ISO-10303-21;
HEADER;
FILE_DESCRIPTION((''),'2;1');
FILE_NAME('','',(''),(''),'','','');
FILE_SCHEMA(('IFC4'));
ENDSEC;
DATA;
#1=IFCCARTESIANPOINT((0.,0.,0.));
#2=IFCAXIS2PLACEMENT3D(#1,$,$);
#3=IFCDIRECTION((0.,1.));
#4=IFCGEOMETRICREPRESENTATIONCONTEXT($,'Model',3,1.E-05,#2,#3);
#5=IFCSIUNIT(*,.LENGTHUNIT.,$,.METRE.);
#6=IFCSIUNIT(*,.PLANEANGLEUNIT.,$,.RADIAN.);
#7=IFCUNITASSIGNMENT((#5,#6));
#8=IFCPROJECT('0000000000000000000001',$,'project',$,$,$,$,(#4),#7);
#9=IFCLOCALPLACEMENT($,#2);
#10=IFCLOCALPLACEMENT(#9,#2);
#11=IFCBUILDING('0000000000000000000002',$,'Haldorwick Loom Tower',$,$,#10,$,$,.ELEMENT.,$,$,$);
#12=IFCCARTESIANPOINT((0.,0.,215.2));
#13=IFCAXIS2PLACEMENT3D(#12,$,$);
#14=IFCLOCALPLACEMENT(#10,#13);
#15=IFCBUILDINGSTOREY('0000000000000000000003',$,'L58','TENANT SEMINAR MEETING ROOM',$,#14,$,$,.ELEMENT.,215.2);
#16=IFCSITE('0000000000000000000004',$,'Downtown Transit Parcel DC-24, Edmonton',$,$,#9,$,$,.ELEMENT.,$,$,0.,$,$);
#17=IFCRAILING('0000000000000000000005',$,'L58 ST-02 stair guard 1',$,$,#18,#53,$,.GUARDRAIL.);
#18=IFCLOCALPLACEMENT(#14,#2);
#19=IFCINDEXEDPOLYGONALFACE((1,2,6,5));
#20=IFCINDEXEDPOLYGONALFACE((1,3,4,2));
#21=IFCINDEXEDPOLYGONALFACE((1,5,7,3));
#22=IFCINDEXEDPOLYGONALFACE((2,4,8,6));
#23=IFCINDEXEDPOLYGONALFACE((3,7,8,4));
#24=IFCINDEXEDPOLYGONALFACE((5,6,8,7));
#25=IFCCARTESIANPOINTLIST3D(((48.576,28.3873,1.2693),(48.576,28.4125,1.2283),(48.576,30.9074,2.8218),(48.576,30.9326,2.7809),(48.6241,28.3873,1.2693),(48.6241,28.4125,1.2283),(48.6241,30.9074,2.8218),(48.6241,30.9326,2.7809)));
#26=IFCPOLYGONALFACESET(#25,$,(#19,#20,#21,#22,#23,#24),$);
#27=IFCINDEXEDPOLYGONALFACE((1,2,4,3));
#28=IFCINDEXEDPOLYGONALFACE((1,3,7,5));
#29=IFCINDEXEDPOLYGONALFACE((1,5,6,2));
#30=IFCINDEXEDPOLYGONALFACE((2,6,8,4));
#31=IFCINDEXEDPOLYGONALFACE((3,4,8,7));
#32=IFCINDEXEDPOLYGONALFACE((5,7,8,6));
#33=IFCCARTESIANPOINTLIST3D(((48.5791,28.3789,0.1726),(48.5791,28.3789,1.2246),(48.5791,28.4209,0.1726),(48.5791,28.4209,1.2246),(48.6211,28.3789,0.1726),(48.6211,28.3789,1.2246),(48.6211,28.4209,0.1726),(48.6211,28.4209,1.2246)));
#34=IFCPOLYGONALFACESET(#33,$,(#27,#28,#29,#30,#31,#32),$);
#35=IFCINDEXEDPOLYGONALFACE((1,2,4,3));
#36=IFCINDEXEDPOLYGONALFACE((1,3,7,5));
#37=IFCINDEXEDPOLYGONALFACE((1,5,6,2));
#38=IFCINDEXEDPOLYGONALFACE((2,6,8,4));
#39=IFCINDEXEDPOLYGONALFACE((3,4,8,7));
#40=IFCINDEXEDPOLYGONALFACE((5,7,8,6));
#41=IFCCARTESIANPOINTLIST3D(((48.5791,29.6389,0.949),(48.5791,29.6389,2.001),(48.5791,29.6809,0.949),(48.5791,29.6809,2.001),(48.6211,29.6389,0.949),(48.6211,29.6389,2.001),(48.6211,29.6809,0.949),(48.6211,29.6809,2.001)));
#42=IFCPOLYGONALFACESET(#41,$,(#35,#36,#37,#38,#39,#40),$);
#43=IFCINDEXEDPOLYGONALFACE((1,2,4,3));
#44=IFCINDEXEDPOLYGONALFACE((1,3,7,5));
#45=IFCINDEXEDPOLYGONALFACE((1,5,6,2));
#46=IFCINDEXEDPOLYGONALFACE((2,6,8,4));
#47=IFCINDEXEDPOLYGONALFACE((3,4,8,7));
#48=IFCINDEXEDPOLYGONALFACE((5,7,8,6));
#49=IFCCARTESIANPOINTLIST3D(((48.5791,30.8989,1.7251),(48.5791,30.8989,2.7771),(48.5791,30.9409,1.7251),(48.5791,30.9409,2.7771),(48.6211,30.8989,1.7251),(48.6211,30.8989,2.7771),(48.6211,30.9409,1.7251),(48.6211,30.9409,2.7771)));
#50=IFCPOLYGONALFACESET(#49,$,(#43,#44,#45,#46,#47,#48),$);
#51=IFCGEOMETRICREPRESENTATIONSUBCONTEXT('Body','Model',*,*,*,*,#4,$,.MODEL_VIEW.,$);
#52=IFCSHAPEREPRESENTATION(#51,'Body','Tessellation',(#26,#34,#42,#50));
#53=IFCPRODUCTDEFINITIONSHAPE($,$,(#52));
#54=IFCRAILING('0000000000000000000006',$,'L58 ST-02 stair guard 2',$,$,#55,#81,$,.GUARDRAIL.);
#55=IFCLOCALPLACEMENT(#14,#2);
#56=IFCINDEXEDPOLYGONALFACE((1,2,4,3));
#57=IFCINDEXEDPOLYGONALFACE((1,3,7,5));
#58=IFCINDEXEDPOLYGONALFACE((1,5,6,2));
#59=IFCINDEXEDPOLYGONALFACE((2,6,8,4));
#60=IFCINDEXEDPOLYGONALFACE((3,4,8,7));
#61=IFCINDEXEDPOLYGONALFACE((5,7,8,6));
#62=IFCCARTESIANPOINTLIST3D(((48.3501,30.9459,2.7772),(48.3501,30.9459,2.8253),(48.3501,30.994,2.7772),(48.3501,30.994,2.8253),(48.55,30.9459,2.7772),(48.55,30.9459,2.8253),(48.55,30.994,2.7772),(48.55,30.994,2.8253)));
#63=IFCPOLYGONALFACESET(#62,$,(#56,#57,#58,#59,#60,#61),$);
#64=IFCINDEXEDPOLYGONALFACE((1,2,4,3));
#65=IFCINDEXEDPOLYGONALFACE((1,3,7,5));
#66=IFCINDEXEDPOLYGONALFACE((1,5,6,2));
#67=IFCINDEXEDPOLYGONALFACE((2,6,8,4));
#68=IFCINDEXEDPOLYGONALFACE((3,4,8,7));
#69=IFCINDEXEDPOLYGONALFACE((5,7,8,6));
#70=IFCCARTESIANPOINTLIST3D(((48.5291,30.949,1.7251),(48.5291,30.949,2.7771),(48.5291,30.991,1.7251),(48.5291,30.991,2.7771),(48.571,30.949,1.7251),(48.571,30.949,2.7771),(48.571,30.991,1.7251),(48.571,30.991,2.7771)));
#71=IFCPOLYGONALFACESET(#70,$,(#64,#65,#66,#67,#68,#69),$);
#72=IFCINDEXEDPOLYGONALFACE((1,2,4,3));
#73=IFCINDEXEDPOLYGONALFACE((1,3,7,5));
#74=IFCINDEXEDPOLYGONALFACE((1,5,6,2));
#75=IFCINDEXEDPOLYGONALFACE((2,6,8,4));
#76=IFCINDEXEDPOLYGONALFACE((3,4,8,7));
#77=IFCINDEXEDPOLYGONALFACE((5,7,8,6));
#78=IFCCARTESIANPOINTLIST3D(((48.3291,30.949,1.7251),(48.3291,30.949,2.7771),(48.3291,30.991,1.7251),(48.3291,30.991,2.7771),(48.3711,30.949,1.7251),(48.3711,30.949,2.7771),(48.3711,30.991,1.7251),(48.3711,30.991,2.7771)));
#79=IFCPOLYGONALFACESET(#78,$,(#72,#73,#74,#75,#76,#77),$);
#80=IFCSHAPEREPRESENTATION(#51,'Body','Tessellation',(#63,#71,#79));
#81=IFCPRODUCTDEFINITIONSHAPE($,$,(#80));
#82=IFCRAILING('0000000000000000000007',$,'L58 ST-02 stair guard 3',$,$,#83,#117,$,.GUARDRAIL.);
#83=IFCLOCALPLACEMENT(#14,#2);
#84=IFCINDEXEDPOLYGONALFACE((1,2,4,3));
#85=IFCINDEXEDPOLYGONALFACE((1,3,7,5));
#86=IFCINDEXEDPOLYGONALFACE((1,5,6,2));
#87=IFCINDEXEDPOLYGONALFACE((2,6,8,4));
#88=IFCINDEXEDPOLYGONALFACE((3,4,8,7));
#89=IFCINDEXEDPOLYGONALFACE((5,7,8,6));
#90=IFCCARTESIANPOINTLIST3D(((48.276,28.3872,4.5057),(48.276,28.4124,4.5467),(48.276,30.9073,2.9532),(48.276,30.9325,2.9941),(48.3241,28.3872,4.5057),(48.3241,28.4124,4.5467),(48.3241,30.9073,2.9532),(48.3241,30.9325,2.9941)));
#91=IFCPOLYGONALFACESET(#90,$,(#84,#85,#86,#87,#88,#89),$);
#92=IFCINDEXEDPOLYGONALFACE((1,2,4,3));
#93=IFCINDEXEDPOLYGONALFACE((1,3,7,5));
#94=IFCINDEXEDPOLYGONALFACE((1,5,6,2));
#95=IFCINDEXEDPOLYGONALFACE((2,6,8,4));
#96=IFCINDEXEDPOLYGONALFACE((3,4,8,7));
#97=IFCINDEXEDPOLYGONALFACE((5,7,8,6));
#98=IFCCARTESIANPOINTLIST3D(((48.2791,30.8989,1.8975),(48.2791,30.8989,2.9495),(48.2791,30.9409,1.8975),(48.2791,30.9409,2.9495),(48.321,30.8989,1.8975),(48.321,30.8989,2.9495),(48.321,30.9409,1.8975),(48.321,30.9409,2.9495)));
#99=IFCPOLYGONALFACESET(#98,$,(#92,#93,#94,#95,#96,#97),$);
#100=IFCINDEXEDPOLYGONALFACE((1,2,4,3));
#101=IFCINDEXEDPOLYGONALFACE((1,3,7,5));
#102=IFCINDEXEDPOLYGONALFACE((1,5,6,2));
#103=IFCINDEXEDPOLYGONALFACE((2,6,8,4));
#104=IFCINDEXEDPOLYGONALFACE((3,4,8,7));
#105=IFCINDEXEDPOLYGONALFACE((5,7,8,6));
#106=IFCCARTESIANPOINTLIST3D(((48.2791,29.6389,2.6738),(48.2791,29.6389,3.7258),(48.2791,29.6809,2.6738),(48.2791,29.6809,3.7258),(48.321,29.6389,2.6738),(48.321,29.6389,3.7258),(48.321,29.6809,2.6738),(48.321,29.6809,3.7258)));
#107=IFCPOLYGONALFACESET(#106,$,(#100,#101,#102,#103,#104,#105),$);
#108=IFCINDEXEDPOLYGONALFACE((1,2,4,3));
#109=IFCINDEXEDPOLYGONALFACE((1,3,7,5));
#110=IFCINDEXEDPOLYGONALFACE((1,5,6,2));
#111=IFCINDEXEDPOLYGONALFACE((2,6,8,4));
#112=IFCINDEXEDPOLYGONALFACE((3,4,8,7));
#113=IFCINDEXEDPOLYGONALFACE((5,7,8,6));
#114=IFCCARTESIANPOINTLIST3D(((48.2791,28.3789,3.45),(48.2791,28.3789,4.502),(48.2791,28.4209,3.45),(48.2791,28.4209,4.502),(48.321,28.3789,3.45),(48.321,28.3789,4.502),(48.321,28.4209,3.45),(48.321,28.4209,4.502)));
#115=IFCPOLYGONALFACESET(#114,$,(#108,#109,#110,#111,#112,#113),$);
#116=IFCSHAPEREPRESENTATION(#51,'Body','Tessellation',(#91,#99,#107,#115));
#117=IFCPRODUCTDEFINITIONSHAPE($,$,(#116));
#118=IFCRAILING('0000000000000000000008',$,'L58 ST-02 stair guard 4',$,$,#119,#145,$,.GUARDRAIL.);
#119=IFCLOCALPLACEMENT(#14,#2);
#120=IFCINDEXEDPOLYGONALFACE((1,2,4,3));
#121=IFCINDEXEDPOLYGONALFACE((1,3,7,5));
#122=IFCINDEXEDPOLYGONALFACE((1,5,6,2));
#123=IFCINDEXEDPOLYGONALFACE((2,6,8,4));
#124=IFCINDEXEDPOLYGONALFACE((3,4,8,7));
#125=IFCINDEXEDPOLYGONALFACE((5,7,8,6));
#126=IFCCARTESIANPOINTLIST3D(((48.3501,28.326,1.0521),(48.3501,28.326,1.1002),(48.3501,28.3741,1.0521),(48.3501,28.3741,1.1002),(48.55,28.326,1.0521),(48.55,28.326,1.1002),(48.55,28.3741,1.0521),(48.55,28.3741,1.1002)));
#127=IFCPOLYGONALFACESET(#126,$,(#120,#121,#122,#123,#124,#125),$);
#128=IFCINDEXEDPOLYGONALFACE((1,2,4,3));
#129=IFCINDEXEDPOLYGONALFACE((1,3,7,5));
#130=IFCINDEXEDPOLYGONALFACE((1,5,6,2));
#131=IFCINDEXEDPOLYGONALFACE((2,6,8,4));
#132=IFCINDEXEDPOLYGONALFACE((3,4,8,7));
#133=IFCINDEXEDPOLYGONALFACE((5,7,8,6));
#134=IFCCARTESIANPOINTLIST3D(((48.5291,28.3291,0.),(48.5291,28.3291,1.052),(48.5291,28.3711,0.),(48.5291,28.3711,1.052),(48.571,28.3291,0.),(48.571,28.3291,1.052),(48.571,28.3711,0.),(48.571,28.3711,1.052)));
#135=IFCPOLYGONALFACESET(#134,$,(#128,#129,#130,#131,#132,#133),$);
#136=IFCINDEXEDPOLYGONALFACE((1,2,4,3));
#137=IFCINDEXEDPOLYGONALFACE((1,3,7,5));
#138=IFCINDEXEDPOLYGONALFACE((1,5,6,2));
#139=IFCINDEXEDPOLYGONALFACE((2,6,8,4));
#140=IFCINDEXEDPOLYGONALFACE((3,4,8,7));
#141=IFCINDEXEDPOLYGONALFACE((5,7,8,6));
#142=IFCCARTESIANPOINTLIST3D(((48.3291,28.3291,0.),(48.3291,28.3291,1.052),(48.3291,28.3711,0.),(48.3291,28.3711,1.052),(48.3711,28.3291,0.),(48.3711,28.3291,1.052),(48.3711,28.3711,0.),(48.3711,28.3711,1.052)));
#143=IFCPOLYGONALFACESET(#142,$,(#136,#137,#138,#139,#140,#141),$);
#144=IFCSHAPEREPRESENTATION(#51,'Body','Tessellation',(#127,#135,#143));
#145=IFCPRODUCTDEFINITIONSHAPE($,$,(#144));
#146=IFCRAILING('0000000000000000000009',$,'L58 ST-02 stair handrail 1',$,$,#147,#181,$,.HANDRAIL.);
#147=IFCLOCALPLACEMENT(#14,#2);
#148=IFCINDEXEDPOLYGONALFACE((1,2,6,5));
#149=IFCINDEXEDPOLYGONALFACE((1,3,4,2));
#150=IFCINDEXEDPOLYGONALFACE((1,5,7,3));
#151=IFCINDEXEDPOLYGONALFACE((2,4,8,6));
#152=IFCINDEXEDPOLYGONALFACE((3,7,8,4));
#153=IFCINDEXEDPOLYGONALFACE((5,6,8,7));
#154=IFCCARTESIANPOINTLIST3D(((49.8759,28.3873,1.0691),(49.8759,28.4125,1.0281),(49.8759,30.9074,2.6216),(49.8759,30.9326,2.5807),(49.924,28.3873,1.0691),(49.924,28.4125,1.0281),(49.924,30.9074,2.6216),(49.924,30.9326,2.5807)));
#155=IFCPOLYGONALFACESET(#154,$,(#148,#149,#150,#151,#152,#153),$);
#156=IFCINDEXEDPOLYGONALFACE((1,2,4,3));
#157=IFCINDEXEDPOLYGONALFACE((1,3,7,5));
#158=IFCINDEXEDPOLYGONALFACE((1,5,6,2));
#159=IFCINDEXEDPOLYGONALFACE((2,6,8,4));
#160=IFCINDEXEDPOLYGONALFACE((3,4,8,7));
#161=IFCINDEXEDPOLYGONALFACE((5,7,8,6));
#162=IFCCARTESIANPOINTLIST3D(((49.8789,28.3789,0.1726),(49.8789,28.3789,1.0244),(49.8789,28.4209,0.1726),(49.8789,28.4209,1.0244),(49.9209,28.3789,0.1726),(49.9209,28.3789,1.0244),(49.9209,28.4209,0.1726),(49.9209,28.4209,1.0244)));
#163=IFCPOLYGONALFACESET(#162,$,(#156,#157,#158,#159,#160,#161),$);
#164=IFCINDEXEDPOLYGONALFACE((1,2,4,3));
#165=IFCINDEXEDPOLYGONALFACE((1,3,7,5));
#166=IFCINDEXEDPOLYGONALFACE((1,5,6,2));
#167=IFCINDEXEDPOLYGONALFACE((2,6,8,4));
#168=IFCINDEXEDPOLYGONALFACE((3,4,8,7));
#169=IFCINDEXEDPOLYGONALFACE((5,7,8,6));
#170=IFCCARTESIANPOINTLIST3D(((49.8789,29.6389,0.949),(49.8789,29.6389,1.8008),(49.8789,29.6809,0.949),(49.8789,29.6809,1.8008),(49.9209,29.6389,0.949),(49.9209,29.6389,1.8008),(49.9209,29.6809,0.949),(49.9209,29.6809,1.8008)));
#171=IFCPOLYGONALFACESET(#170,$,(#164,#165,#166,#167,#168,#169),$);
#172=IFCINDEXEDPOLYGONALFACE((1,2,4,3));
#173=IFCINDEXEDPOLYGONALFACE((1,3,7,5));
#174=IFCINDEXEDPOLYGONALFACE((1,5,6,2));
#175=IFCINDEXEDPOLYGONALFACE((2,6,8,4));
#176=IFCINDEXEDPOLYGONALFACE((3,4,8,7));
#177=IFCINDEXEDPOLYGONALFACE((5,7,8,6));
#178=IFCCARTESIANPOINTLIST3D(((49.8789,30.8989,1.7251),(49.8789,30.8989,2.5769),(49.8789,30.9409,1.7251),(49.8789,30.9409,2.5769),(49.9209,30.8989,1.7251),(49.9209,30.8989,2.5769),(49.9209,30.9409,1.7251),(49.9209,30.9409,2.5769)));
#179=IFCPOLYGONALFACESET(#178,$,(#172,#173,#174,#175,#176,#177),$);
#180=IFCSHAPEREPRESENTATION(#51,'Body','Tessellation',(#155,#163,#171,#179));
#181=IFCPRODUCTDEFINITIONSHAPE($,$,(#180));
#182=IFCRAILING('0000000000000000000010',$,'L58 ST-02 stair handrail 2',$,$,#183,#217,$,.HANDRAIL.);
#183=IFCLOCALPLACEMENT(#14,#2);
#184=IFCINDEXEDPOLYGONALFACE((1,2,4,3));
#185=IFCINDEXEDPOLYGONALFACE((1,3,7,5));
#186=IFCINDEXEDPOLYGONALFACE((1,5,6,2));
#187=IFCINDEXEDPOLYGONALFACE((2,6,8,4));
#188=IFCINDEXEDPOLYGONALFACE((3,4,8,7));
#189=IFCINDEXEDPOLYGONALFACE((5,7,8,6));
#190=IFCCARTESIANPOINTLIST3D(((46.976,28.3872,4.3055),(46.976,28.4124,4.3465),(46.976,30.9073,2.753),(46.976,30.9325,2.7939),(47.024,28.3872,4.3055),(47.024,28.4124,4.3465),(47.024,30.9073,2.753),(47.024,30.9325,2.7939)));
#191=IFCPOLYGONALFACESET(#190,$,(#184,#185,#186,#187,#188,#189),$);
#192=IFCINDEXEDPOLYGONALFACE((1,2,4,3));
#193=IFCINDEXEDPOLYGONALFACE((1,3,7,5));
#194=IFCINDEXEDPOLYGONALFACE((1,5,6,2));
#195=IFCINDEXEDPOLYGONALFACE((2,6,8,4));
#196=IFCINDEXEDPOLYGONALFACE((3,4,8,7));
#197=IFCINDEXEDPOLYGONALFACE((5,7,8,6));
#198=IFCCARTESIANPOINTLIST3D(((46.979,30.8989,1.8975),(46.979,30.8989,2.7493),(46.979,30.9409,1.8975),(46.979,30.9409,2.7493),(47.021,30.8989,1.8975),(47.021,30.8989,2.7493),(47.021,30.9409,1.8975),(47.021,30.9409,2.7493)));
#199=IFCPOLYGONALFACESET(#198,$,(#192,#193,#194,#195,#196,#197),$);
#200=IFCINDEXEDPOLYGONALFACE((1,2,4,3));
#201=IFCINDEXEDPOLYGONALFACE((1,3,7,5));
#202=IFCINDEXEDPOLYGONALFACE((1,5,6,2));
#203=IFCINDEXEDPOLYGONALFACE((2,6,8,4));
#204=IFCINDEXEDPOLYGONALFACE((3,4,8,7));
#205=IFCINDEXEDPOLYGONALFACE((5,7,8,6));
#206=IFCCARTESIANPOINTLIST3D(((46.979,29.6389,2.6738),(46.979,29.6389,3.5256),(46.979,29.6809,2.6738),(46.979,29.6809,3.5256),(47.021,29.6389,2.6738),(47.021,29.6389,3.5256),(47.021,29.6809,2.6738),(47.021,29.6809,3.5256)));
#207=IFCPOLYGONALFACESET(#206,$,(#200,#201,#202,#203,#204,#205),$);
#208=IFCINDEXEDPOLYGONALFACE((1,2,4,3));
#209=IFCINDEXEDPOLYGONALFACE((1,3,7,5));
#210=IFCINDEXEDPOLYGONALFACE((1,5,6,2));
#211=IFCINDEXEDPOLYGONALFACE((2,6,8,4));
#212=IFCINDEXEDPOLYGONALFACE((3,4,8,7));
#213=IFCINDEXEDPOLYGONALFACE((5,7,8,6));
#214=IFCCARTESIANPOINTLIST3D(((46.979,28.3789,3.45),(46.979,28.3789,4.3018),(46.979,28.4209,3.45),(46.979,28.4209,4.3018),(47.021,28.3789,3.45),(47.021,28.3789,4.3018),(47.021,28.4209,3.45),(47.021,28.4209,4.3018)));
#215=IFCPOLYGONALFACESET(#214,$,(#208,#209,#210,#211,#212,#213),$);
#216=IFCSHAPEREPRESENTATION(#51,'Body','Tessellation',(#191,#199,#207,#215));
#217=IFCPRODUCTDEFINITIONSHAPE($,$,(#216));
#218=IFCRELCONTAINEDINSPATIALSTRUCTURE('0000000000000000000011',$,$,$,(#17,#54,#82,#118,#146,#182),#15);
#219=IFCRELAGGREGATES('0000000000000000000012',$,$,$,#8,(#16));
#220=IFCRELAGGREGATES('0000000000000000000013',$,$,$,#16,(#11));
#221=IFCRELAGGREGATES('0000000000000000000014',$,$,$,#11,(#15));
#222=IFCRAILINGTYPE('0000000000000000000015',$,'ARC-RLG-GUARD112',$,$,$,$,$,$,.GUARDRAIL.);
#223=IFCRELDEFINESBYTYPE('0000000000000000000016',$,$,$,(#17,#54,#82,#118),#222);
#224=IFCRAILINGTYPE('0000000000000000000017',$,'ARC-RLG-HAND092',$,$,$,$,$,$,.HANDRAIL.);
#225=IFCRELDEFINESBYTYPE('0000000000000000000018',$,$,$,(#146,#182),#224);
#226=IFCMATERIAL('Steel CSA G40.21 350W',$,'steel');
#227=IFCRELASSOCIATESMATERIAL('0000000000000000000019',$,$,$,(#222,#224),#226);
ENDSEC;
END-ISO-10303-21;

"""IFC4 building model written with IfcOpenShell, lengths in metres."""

from ifc_helpers import new_model, si_unit, direction, frame, origin, origin_2d, place, context, subcontext, project, spatial, rectangle, extrude, material, type_object, element, save


model = new_model("IFC4")

# Units and contexts
model_context = context("Model", 3, precision=1e-05, world=origin(), true_north=direction((0.0, 1.0)))
body_context = subcontext(model_context, "Body", "Model", "MODEL_VIEW")
ifc_project = project(units=[si_unit("LENGTHUNIT", "METRE"), si_unit("PLANEANGLEUNIT", "RADIAN")], contexts=[model_context])

# Site, building, storey
site_placement = place(None, origin())
site = spatial("IfcSite", under=ifc_project, at=site_placement, Name="Downtown Transit Parcel DC-24, Edmonton", CompositionType="ELEMENT", RefElevation=0.0)
building_placement = place(site_placement, origin())
building = spatial("IfcBuilding", under=site, at=building_placement, Name="Haldorwick Loom Tower", CompositionType="ELEMENT")
storey_placement = place(building_placement, frame((0.0, 0.0, 215.2)))
storey = spatial("IfcBuildingStorey", under=building, at=storey_placement, Name="L58", Description="TENANT SEMINAR MEETING ROOM", CompositionType="ELEMENT", Elevation=215.2)

# Shared definitions
ifc_material_1 = material(Name="Steel CSA G40.21 350W", Category="steel")

# Railings
railing_type_1 = type_object("IfcRailingType", Name="ARC-RLG-GUARD112", PredefinedType="GUARDRAIL", material=ifc_material_1)
railing_1_placement = place(storey_placement, frame((48.6001, 28.3999, 0.1726)))
element("IfcRailing", 1, at=railing_1_placement, inside=storey, type_object=railing_type_1, Name="L58 ST-02 stair guard 1", PredefinedType="GUARDRAIL", context=body_context, shape_type="SweptSolid", body=[
    extrude(rectangle(XDim=0.0481, YDim=0.0481, at=origin_2d()), frame((0.0, 0.0, 1.0762), z_axis=(0.0, 0.8514, 0.524516), x_axis=(-1.0, 0.0, 0.0)), (0.0, 0.0, 1.0), 2.96),
    extrude(rectangle(XDim=0.042, YDim=0.042, at=origin_2d()), origin(), (0.0, 0.0, 1.0), 1.052),
    extrude(rectangle(XDim=0.042, YDim=0.042, at=origin_2d()), frame((0.0, 1.26, 0.7764)), (0.0, 0.0, 1.0), 1.052),
    extrude(rectangle(XDim=0.042, YDim=0.042, at=origin_2d()), frame((0.0, 2.52, 1.5525)), (0.0, 0.0, 1.0), 1.052),
])
railing_2_placement = place(storey_placement, frame((48.55, 30.97, 1.7251)))
element("IfcRailing", 2, at=railing_2_placement, inside=storey, type_object=railing_type_1, Name="L58 ST-02 stair guard 2", PredefinedType="GUARDRAIL", context=body_context, shape_type="SweptSolid", body=[
    extrude(rectangle(XDim=0.0481, YDim=0.0481, at=origin_2d()), frame((0.0, 0.0, 1.0762), z_axis=(-1.0, 0.0, 0.0), x_axis=(0.0, -1.0, 0.0)), (0.0, 0.0, 1.0), 0.2),
    extrude(rectangle(XDim=0.042, YDim=0.042, at=origin_2d()), origin(), (0.0, 0.0, 1.0), 1.052),
    extrude(rectangle(XDim=0.042, YDim=0.042, at=origin_2d()), frame((-0.2, 0.0, 0.0)), (0.0, 0.0, 1.0), 1.052),
])
railing_3_placement = place(storey_placement, frame((48.3, 30.9199, 1.8975)))
element("IfcRailing", 3, at=railing_3_placement, inside=storey, type_object=railing_type_1, Name="L58 ST-02 stair guard 3", PredefinedType="GUARDRAIL", context=body_context, shape_type="SweptSolid", body=[
    extrude(rectangle(XDim=0.0481, YDim=0.0481, at=origin_2d()), frame((0.0, 0.0, 1.0762), z_axis=(0.0, -0.8514, 0.524516), x_axis=(1.0, 0.0, 0.0)), (0.0, 0.0, 1.0), 2.96),
    extrude(rectangle(XDim=0.042, YDim=0.042, at=origin_2d()), origin(), (0.0, 0.0, 1.0), 1.052),
    extrude(rectangle(XDim=0.042, YDim=0.042, at=origin_2d()), frame((0.0, -1.26, 0.7764)), (0.0, 0.0, 1.0), 1.052),
    extrude(rectangle(XDim=0.042, YDim=0.042, at=origin_2d()), frame((0.0, -2.52, 1.5525)), (0.0, 0.0, 1.0), 1.052),
])
railing_4_placement = place(storey_placement, frame((48.55, 28.3501, 0.0)))
element("IfcRailing", 4, at=railing_4_placement, inside=storey, type_object=railing_type_1, Name="L58 ST-02 stair guard 4", PredefinedType="GUARDRAIL", context=body_context, shape_type="SweptSolid", body=[
    extrude(rectangle(XDim=0.0481, YDim=0.0481, at=origin_2d()), frame((0.0, 0.0, 1.0762), z_axis=(-1.0, 0.0, 0.0), x_axis=(0.0, -1.0, 0.0)), (0.0, 0.0, 1.0), 0.2),
    extrude(rectangle(XDim=0.042, YDim=0.042, at=origin_2d()), origin(), (0.0, 0.0, 1.0), 1.052),
    extrude(rectangle(XDim=0.042, YDim=0.042, at=origin_2d()), frame((-0.2, 0.0, 0.0)), (0.0, 0.0, 1.0), 1.052),
])
railing_type_2 = type_object("IfcRailingType", Name="ARC-RLG-HAND092", PredefinedType="HANDRAIL", material=ifc_material_1)
railing_5_placement = place(storey_placement, frame((49.8999, 28.3999, 0.1726)))
element("IfcRailing", 5, at=railing_5_placement, inside=storey, type_object=railing_type_2, Name="L58 ST-02 stair handrail 1", PredefinedType="HANDRAIL", context=body_context, shape_type="SweptSolid", body=[
    extrude(rectangle(XDim=0.0481, YDim=0.0481, at=origin_2d()), frame((0.0, 0.0, 0.876), z_axis=(0.0, 0.8514, 0.524516), x_axis=(-1.0, 0.0, 0.0)), (0.0, 0.0, 1.0), 2.96),
    extrude(rectangle(XDim=0.042, YDim=0.042, at=origin_2d()), origin(), (0.0, 0.0, 1.0), 0.8518),
    extrude(rectangle(XDim=0.042, YDim=0.042, at=origin_2d()), frame((0.0, 1.26, 0.7764)), (0.0, 0.0, 1.0), 0.8518),
    extrude(rectangle(XDim=0.042, YDim=0.042, at=origin_2d()), frame((0.0, 2.52, 1.5525)), (0.0, 0.0, 1.0), 0.8518),
])
railing_6_placement = place(storey_placement, frame((47.0, 30.9199, 1.8975)))
element("IfcRailing", 6, at=railing_6_placement, inside=storey, type_object=railing_type_2, Name="L58 ST-02 stair handrail 2", PredefinedType="HANDRAIL", context=body_context, shape_type="SweptSolid", body=[
    extrude(rectangle(XDim=0.0481, YDim=0.0481, at=origin_2d()), frame((0.0, 0.0, 0.876), z_axis=(0.0, -0.8514, 0.524516), x_axis=(1.0, 0.0, 0.0)), (0.0, 0.0, 1.0), 2.96),
    extrude(rectangle(XDim=0.042, YDim=0.042, at=origin_2d()), origin(), (0.0, 0.0, 1.0), 0.8518),
    extrude(rectangle(XDim=0.042, YDim=0.042, at=origin_2d()), frame((0.0, -1.26, 0.7764)), (0.0, 0.0, 1.0), 0.8518),
    extrude(rectangle(XDim=0.042, YDim=0.042, at=origin_2d()), frame((0.0, -2.52, 1.5525)), (0.0, 0.0, 1.0), 0.8518),
])

save(model, "model.ifc")
